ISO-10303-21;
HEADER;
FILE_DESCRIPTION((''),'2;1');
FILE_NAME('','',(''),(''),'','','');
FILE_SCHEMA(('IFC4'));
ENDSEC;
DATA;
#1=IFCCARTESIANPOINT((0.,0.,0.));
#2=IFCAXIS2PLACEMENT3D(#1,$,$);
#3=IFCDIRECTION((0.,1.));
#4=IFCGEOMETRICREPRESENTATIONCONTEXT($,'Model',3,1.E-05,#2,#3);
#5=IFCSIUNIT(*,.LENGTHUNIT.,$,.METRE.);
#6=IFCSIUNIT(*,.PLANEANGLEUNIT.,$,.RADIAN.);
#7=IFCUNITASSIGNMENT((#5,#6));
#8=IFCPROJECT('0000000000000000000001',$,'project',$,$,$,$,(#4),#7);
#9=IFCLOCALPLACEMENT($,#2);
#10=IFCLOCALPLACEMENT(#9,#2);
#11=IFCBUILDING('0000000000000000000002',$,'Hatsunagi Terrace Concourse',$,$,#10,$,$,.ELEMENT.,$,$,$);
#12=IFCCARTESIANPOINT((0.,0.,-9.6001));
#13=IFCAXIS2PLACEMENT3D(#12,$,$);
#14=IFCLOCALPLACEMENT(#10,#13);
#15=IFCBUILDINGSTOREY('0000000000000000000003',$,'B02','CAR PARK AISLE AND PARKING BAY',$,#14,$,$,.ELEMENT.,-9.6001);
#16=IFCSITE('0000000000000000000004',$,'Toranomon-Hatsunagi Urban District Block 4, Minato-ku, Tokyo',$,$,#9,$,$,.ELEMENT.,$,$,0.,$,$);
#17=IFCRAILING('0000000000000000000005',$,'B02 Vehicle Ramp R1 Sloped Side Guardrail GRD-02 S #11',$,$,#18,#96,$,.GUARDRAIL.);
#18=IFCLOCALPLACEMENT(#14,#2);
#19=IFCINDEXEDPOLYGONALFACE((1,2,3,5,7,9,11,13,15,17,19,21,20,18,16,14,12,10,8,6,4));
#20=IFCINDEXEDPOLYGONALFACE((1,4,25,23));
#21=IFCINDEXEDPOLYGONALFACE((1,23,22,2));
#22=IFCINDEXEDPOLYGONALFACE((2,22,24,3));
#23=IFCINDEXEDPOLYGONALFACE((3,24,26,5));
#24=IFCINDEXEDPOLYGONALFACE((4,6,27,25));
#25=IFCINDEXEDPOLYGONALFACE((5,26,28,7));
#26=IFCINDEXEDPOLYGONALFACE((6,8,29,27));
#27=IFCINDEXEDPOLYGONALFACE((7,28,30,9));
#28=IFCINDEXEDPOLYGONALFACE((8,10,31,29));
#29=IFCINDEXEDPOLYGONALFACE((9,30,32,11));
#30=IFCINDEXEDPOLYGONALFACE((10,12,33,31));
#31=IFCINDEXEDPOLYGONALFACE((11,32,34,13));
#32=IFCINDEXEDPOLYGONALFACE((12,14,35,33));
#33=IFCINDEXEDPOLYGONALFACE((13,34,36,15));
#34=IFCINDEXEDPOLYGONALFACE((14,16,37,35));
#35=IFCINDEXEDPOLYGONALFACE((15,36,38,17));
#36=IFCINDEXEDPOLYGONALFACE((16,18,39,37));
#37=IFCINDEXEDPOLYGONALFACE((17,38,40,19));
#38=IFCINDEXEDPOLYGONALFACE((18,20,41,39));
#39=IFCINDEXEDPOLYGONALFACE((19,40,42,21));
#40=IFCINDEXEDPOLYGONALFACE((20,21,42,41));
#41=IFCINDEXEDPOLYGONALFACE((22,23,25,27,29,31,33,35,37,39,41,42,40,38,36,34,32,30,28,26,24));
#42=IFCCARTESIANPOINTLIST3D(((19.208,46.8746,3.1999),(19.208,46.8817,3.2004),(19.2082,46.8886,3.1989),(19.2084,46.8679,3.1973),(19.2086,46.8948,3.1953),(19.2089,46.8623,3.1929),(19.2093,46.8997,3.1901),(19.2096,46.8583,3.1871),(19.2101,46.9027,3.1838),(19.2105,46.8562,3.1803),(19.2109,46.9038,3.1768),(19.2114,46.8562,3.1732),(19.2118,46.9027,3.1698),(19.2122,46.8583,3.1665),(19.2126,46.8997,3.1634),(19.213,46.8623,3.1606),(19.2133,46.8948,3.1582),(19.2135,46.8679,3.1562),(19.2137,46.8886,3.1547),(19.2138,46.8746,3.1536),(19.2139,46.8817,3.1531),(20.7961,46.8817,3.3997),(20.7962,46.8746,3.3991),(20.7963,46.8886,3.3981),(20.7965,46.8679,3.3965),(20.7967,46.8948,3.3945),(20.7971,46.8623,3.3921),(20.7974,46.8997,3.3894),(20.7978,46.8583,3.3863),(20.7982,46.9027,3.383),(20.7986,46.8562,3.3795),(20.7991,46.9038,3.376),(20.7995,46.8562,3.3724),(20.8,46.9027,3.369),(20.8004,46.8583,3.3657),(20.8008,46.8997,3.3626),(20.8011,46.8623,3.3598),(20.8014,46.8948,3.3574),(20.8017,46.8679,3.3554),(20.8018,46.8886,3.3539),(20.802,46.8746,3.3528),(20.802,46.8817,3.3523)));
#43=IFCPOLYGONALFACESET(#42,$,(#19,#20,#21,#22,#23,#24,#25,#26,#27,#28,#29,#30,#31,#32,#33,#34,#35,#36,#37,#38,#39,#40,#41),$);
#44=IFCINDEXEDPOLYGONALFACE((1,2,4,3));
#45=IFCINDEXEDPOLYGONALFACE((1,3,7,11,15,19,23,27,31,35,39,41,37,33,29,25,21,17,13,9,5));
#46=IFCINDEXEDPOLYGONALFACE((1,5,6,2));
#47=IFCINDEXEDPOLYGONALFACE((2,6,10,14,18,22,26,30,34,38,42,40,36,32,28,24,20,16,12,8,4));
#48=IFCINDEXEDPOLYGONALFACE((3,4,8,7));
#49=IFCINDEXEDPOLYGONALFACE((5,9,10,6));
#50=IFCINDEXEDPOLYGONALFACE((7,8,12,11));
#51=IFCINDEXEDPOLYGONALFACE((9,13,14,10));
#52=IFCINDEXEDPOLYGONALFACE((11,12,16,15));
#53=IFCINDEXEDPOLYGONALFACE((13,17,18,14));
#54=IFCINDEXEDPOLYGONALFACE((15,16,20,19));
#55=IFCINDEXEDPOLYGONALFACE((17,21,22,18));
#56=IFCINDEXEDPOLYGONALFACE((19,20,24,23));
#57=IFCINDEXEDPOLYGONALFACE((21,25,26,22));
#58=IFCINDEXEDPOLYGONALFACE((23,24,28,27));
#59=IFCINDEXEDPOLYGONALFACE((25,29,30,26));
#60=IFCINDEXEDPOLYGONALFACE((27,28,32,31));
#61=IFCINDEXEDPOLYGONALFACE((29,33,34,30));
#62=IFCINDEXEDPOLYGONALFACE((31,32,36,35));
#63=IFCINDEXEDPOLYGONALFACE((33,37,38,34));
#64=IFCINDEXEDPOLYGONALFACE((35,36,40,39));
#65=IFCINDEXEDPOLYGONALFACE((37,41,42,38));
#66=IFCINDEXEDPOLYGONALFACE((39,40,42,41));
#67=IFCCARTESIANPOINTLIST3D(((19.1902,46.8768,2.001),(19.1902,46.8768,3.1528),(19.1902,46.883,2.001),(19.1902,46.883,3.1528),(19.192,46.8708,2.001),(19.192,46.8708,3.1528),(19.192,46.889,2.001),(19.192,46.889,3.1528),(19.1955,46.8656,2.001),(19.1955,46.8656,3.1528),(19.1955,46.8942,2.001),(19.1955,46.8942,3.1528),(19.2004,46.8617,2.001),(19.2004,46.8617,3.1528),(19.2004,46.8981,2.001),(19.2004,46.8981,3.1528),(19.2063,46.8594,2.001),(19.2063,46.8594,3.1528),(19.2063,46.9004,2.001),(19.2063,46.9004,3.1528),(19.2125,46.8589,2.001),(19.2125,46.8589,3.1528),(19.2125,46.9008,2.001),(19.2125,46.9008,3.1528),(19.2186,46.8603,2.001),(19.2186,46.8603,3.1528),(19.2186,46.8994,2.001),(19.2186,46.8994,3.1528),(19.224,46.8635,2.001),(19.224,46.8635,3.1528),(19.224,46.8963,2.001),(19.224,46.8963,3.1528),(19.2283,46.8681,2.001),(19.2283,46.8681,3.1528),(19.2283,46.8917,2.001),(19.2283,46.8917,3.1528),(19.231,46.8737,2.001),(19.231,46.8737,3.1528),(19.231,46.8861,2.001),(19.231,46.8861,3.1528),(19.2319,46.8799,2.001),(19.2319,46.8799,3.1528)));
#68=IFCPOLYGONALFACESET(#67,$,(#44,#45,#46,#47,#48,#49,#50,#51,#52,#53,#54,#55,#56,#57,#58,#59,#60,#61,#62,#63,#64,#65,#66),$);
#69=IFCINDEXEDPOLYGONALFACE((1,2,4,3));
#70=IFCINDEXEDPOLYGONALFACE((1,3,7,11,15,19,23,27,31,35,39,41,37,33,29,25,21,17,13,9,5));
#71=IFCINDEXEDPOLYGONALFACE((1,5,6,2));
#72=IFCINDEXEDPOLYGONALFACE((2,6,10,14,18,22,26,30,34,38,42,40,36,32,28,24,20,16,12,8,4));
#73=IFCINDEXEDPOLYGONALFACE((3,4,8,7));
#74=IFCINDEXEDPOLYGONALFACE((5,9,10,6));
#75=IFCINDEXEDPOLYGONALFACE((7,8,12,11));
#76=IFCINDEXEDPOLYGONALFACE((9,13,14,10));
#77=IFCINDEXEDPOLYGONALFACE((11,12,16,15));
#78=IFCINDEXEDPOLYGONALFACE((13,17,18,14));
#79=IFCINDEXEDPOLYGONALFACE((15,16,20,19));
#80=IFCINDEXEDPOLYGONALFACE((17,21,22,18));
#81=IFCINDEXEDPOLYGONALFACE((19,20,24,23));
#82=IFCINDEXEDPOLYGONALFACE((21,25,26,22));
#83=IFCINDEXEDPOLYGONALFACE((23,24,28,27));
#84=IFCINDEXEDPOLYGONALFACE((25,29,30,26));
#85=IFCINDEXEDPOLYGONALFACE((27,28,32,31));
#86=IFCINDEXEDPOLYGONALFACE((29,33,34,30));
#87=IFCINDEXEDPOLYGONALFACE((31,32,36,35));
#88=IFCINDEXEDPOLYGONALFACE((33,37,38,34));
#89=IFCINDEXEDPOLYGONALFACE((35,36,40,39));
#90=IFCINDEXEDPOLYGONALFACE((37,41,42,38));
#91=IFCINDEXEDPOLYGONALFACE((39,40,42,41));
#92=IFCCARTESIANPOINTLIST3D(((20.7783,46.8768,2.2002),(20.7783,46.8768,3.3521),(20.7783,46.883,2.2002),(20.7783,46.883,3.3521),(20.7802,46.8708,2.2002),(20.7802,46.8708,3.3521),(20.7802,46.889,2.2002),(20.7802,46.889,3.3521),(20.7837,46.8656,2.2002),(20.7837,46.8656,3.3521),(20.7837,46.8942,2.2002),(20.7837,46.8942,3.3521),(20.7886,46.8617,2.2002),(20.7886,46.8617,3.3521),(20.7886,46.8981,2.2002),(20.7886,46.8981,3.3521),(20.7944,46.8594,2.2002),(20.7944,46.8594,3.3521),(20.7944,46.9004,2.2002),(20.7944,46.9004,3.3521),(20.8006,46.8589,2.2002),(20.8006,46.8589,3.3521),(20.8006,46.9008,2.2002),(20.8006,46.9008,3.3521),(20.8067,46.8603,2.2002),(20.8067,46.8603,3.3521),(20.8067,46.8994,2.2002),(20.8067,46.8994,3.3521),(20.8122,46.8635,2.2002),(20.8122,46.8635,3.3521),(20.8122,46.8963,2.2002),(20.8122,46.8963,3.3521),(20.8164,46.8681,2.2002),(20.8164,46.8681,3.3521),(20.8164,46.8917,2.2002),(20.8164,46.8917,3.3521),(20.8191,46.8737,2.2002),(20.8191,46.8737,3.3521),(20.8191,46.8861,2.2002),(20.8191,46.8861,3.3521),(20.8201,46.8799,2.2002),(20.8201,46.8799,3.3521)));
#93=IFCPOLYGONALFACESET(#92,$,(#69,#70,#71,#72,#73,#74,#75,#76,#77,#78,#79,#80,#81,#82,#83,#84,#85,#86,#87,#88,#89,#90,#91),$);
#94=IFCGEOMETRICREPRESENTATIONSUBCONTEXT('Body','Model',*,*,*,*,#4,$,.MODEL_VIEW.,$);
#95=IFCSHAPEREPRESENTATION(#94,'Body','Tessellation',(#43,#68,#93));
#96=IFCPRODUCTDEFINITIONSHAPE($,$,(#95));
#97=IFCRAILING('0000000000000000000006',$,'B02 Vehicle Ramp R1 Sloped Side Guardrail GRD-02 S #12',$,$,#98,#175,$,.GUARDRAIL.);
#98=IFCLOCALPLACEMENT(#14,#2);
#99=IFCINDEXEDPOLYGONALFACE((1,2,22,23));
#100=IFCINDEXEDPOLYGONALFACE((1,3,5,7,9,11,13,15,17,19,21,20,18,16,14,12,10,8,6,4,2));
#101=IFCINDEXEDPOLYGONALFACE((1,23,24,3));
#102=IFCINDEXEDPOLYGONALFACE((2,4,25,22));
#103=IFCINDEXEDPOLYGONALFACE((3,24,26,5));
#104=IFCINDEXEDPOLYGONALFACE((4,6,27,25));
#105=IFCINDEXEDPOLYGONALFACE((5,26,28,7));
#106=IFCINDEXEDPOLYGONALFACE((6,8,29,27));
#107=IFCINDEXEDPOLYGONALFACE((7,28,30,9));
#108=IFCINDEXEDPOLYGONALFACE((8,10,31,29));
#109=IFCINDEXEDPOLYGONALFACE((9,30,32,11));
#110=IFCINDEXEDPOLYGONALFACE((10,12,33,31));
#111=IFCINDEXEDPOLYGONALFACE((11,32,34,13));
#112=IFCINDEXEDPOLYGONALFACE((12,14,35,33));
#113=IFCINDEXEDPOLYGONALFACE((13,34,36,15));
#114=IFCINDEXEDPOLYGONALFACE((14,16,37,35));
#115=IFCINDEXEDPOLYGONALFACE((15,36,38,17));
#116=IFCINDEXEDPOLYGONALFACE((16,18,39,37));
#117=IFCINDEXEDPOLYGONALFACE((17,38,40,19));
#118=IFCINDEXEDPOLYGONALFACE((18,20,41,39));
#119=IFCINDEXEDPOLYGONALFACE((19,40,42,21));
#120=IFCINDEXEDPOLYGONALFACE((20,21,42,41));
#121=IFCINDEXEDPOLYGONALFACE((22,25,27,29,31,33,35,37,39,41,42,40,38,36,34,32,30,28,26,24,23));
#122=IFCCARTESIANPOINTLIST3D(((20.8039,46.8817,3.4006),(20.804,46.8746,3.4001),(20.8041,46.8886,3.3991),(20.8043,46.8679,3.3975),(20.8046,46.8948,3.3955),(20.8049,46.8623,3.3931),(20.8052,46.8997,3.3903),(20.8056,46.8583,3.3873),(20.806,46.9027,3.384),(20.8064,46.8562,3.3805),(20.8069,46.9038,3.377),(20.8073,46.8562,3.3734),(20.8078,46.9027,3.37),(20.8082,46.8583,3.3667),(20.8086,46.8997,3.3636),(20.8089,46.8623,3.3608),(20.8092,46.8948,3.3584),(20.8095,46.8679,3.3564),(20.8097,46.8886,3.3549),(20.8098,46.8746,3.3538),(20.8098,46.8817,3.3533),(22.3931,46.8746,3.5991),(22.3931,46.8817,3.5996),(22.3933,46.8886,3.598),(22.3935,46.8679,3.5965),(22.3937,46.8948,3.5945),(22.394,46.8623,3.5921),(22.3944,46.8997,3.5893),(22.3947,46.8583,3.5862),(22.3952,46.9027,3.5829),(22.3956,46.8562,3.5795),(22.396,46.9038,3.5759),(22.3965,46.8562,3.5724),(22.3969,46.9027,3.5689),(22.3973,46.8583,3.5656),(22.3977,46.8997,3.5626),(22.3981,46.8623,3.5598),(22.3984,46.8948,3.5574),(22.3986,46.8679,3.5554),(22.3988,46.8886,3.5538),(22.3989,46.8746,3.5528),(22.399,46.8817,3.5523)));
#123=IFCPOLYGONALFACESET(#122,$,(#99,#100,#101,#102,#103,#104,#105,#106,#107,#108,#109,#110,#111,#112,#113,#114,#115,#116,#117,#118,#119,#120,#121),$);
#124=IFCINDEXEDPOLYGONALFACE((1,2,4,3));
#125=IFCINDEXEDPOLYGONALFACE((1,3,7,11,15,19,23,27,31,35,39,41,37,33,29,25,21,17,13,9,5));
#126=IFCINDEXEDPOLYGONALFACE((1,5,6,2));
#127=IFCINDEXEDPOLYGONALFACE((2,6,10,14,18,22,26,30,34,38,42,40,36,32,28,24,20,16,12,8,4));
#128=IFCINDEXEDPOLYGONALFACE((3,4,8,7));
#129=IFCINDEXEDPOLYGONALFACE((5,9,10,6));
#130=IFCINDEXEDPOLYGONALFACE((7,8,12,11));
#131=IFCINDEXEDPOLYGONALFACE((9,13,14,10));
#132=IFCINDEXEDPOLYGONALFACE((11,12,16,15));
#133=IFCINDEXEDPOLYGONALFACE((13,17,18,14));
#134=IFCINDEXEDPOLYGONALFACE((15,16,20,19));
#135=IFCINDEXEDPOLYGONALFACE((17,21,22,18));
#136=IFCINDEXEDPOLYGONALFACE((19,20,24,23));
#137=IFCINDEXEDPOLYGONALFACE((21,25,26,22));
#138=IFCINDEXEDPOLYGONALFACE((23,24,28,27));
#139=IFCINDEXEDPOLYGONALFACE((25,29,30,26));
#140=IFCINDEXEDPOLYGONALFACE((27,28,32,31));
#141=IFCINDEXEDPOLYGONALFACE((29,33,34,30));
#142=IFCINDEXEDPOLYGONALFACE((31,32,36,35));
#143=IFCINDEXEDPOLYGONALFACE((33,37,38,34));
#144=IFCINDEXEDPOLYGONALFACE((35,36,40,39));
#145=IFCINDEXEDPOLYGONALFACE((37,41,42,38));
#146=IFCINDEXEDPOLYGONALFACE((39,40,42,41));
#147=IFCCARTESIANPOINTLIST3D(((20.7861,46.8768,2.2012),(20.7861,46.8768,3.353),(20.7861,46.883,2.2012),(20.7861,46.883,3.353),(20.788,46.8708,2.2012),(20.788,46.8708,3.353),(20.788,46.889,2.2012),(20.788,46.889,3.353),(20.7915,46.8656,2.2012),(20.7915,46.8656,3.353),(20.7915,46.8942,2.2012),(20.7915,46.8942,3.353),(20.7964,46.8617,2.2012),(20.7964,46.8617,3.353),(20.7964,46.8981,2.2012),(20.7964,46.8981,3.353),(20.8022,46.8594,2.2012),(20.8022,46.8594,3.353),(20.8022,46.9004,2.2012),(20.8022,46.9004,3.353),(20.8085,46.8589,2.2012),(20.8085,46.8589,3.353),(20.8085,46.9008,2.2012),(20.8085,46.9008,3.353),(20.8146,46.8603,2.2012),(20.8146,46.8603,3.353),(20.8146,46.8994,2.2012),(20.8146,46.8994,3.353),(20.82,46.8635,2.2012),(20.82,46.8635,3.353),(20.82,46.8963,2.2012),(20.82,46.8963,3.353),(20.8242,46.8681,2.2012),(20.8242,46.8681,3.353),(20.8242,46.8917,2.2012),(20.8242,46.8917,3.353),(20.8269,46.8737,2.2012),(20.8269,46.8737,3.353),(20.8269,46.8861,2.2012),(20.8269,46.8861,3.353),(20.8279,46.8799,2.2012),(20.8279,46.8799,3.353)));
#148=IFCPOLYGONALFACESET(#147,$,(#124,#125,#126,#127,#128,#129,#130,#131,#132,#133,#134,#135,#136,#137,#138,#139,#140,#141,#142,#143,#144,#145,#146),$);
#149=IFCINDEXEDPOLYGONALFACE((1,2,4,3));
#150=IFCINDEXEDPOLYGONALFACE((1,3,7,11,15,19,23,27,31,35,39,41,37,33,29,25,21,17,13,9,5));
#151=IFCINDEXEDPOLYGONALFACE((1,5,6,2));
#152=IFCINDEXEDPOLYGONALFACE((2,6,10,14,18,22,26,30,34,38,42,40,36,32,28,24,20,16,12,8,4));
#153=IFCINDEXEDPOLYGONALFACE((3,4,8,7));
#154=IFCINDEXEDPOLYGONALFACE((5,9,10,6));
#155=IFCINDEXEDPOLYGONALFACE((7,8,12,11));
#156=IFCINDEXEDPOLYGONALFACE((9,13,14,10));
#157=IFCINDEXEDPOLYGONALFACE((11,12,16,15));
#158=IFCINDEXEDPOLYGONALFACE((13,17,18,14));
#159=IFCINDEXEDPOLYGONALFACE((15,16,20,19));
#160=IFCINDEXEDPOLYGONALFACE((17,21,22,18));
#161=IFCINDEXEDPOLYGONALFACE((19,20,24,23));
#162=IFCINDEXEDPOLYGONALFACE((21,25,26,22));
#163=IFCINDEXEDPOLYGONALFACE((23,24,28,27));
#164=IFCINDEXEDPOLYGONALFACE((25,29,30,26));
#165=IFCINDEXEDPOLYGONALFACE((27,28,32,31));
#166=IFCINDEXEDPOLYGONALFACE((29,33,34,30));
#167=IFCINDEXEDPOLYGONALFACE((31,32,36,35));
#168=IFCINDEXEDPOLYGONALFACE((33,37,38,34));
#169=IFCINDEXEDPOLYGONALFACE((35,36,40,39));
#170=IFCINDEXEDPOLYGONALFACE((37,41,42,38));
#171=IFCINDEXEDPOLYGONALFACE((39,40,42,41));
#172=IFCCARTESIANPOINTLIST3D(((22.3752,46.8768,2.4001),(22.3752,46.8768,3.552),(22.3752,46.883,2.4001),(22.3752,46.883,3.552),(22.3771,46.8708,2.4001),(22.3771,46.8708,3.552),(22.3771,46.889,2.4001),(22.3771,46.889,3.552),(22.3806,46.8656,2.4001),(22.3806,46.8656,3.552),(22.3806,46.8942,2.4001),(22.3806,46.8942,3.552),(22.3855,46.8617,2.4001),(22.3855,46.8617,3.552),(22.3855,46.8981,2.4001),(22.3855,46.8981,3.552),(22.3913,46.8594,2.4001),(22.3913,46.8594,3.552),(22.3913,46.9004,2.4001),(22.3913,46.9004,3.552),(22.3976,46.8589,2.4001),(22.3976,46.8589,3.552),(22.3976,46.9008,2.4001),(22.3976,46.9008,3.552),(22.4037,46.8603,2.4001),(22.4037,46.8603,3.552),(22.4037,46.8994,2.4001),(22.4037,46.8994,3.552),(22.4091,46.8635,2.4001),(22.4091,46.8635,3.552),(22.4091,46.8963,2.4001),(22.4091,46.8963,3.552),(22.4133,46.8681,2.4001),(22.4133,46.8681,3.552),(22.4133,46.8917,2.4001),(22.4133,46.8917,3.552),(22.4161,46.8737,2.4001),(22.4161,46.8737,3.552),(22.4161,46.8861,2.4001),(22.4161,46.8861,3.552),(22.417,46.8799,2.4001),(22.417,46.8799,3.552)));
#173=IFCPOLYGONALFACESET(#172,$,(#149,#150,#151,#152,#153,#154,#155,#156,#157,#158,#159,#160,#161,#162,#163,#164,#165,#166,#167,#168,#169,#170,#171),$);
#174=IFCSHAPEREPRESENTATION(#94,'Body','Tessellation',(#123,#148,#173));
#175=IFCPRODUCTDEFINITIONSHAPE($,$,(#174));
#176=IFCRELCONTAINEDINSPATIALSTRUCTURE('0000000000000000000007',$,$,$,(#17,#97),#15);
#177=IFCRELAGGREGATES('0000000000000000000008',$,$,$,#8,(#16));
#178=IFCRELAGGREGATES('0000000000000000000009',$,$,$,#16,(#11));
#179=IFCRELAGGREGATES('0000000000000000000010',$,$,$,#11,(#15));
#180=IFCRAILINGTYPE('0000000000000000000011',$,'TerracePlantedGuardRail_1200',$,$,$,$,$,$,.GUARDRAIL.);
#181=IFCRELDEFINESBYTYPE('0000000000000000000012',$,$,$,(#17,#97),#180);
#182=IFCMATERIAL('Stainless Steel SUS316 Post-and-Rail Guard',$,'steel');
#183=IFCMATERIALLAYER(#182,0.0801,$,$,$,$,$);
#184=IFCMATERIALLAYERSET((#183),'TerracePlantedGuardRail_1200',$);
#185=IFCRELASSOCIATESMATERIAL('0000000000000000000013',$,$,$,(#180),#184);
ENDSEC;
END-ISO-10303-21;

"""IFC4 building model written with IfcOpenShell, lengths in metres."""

from ifc_helpers import new_model, si_unit, direction, frame, origin, origin_2d, place, context, subcontext, project, spatial, circle, extrude, material, layer, layer_set, type_object, element, save


model = new_model("IFC4")

# Units and contexts
model_context = context("Model", 3, precision=1e-05, world=origin(), true_north=direction((0.0, 1.0)))
body_context = subcontext(model_context, "Body", "Model", "MODEL_VIEW")
ifc_project = project(units=[si_unit("LENGTHUNIT", "METRE"), si_unit("PLANEANGLEUNIT", "RADIAN")], contexts=[model_context])

# Site, building, storey
site_placement = place(None, origin())
site = spatial("IfcSite", under=ifc_project, at=site_placement, Name="Toranomon-Hatsunagi Urban District Block 4, Minato-ku, Tokyo", CompositionType="ELEMENT", RefElevation=0.0)
building_placement = place(site_placement, origin())
building = spatial("IfcBuilding", under=site, at=building_placement, Name="Hatsunagi Terrace Concourse", CompositionType="ELEMENT")
storey_placement = place(building_placement, frame((0.0, 0.0, -9.6001)))
storey = spatial("IfcBuildingStorey", under=building, at=storey_placement, Name="B02", Description="CAR PARK AISLE AND PARKING BAY", CompositionType="ELEMENT", Elevation=-9.6001)

# Railings
ifc_material_1 = material(Name="Stainless Steel SUS316 Post-and-Rail Guard", Category="steel")
ifc_layer_1 = layer(ifc_material_1, 0.0801)
ifc_layer_set_1 = layer_set([ifc_layer_1], Name="TerracePlantedGuardRail_1200")
railing_type = type_object("IfcRailingType", Name="TerracePlantedGuardRail_1200", PredefinedType="GUARDRAIL", material=ifc_layer_set_1)
railing_1_placement = place(storey_placement, frame((19.2109, 46.8799, 2.001)))
element("IfcRailing", 1, at=railing_1_placement, inside=storey, type_object=railing_type, Name="B02 Vehicle Ramp R1 Sloped Side Guardrail GRD-02 S #11", PredefinedType="GUARDRAIL", context=body_context, shape_type="SweptSolid", body=[
    extrude(circle(Radius=0.0239, at=origin_2d()), frame((0.0, 0.0, 1.1758), z_axis=(0.992224, 0.0, 0.124467), x_axis=(0.0, 1.0, 0.0)), (0.0, 0.0, 1.0), 1.6006),
    extrude(circle(Radius=0.021, at=origin_2d()), origin(), (0.0, 0.0, 1.0), 1.1519),
    extrude(circle(Radius=0.021, at=origin_2d()), frame((1.5881, 0.0, 0.1992)), (0.0, 0.0, 1.0), 1.1519),
])
railing_2_placement = place(storey_placement, frame((20.8069, 46.8799, 2.2012)))
element("IfcRailing", 2, at=railing_2_placement, inside=storey, type_object=railing_type, Name="B02 Vehicle Ramp R1 Sloped Side Guardrail GRD-02 S #12", PredefinedType="GUARDRAIL", context=body_context, shape_type="SweptSolid", body=[
    extrude(circle(Radius=0.0239, at=origin_2d()), frame((0.0, 0.0, 1.1758), z_axis=(0.992252, 0.0, 0.124241), x_axis=(0.0, 1.0, 0.0)), (0.0, 0.0, 1.0), 1.6016),
    extrude(circle(Radius=0.021, at=origin_2d()), origin(), (0.0, 0.0, 1.0), 1.1519),
    extrude(circle(Radius=0.021, at=origin_2d()), frame((1.5891, 0.0, 0.199)), (0.0, 0.0, 1.0), 1.1519),
])

save(model, "model.ifc")
